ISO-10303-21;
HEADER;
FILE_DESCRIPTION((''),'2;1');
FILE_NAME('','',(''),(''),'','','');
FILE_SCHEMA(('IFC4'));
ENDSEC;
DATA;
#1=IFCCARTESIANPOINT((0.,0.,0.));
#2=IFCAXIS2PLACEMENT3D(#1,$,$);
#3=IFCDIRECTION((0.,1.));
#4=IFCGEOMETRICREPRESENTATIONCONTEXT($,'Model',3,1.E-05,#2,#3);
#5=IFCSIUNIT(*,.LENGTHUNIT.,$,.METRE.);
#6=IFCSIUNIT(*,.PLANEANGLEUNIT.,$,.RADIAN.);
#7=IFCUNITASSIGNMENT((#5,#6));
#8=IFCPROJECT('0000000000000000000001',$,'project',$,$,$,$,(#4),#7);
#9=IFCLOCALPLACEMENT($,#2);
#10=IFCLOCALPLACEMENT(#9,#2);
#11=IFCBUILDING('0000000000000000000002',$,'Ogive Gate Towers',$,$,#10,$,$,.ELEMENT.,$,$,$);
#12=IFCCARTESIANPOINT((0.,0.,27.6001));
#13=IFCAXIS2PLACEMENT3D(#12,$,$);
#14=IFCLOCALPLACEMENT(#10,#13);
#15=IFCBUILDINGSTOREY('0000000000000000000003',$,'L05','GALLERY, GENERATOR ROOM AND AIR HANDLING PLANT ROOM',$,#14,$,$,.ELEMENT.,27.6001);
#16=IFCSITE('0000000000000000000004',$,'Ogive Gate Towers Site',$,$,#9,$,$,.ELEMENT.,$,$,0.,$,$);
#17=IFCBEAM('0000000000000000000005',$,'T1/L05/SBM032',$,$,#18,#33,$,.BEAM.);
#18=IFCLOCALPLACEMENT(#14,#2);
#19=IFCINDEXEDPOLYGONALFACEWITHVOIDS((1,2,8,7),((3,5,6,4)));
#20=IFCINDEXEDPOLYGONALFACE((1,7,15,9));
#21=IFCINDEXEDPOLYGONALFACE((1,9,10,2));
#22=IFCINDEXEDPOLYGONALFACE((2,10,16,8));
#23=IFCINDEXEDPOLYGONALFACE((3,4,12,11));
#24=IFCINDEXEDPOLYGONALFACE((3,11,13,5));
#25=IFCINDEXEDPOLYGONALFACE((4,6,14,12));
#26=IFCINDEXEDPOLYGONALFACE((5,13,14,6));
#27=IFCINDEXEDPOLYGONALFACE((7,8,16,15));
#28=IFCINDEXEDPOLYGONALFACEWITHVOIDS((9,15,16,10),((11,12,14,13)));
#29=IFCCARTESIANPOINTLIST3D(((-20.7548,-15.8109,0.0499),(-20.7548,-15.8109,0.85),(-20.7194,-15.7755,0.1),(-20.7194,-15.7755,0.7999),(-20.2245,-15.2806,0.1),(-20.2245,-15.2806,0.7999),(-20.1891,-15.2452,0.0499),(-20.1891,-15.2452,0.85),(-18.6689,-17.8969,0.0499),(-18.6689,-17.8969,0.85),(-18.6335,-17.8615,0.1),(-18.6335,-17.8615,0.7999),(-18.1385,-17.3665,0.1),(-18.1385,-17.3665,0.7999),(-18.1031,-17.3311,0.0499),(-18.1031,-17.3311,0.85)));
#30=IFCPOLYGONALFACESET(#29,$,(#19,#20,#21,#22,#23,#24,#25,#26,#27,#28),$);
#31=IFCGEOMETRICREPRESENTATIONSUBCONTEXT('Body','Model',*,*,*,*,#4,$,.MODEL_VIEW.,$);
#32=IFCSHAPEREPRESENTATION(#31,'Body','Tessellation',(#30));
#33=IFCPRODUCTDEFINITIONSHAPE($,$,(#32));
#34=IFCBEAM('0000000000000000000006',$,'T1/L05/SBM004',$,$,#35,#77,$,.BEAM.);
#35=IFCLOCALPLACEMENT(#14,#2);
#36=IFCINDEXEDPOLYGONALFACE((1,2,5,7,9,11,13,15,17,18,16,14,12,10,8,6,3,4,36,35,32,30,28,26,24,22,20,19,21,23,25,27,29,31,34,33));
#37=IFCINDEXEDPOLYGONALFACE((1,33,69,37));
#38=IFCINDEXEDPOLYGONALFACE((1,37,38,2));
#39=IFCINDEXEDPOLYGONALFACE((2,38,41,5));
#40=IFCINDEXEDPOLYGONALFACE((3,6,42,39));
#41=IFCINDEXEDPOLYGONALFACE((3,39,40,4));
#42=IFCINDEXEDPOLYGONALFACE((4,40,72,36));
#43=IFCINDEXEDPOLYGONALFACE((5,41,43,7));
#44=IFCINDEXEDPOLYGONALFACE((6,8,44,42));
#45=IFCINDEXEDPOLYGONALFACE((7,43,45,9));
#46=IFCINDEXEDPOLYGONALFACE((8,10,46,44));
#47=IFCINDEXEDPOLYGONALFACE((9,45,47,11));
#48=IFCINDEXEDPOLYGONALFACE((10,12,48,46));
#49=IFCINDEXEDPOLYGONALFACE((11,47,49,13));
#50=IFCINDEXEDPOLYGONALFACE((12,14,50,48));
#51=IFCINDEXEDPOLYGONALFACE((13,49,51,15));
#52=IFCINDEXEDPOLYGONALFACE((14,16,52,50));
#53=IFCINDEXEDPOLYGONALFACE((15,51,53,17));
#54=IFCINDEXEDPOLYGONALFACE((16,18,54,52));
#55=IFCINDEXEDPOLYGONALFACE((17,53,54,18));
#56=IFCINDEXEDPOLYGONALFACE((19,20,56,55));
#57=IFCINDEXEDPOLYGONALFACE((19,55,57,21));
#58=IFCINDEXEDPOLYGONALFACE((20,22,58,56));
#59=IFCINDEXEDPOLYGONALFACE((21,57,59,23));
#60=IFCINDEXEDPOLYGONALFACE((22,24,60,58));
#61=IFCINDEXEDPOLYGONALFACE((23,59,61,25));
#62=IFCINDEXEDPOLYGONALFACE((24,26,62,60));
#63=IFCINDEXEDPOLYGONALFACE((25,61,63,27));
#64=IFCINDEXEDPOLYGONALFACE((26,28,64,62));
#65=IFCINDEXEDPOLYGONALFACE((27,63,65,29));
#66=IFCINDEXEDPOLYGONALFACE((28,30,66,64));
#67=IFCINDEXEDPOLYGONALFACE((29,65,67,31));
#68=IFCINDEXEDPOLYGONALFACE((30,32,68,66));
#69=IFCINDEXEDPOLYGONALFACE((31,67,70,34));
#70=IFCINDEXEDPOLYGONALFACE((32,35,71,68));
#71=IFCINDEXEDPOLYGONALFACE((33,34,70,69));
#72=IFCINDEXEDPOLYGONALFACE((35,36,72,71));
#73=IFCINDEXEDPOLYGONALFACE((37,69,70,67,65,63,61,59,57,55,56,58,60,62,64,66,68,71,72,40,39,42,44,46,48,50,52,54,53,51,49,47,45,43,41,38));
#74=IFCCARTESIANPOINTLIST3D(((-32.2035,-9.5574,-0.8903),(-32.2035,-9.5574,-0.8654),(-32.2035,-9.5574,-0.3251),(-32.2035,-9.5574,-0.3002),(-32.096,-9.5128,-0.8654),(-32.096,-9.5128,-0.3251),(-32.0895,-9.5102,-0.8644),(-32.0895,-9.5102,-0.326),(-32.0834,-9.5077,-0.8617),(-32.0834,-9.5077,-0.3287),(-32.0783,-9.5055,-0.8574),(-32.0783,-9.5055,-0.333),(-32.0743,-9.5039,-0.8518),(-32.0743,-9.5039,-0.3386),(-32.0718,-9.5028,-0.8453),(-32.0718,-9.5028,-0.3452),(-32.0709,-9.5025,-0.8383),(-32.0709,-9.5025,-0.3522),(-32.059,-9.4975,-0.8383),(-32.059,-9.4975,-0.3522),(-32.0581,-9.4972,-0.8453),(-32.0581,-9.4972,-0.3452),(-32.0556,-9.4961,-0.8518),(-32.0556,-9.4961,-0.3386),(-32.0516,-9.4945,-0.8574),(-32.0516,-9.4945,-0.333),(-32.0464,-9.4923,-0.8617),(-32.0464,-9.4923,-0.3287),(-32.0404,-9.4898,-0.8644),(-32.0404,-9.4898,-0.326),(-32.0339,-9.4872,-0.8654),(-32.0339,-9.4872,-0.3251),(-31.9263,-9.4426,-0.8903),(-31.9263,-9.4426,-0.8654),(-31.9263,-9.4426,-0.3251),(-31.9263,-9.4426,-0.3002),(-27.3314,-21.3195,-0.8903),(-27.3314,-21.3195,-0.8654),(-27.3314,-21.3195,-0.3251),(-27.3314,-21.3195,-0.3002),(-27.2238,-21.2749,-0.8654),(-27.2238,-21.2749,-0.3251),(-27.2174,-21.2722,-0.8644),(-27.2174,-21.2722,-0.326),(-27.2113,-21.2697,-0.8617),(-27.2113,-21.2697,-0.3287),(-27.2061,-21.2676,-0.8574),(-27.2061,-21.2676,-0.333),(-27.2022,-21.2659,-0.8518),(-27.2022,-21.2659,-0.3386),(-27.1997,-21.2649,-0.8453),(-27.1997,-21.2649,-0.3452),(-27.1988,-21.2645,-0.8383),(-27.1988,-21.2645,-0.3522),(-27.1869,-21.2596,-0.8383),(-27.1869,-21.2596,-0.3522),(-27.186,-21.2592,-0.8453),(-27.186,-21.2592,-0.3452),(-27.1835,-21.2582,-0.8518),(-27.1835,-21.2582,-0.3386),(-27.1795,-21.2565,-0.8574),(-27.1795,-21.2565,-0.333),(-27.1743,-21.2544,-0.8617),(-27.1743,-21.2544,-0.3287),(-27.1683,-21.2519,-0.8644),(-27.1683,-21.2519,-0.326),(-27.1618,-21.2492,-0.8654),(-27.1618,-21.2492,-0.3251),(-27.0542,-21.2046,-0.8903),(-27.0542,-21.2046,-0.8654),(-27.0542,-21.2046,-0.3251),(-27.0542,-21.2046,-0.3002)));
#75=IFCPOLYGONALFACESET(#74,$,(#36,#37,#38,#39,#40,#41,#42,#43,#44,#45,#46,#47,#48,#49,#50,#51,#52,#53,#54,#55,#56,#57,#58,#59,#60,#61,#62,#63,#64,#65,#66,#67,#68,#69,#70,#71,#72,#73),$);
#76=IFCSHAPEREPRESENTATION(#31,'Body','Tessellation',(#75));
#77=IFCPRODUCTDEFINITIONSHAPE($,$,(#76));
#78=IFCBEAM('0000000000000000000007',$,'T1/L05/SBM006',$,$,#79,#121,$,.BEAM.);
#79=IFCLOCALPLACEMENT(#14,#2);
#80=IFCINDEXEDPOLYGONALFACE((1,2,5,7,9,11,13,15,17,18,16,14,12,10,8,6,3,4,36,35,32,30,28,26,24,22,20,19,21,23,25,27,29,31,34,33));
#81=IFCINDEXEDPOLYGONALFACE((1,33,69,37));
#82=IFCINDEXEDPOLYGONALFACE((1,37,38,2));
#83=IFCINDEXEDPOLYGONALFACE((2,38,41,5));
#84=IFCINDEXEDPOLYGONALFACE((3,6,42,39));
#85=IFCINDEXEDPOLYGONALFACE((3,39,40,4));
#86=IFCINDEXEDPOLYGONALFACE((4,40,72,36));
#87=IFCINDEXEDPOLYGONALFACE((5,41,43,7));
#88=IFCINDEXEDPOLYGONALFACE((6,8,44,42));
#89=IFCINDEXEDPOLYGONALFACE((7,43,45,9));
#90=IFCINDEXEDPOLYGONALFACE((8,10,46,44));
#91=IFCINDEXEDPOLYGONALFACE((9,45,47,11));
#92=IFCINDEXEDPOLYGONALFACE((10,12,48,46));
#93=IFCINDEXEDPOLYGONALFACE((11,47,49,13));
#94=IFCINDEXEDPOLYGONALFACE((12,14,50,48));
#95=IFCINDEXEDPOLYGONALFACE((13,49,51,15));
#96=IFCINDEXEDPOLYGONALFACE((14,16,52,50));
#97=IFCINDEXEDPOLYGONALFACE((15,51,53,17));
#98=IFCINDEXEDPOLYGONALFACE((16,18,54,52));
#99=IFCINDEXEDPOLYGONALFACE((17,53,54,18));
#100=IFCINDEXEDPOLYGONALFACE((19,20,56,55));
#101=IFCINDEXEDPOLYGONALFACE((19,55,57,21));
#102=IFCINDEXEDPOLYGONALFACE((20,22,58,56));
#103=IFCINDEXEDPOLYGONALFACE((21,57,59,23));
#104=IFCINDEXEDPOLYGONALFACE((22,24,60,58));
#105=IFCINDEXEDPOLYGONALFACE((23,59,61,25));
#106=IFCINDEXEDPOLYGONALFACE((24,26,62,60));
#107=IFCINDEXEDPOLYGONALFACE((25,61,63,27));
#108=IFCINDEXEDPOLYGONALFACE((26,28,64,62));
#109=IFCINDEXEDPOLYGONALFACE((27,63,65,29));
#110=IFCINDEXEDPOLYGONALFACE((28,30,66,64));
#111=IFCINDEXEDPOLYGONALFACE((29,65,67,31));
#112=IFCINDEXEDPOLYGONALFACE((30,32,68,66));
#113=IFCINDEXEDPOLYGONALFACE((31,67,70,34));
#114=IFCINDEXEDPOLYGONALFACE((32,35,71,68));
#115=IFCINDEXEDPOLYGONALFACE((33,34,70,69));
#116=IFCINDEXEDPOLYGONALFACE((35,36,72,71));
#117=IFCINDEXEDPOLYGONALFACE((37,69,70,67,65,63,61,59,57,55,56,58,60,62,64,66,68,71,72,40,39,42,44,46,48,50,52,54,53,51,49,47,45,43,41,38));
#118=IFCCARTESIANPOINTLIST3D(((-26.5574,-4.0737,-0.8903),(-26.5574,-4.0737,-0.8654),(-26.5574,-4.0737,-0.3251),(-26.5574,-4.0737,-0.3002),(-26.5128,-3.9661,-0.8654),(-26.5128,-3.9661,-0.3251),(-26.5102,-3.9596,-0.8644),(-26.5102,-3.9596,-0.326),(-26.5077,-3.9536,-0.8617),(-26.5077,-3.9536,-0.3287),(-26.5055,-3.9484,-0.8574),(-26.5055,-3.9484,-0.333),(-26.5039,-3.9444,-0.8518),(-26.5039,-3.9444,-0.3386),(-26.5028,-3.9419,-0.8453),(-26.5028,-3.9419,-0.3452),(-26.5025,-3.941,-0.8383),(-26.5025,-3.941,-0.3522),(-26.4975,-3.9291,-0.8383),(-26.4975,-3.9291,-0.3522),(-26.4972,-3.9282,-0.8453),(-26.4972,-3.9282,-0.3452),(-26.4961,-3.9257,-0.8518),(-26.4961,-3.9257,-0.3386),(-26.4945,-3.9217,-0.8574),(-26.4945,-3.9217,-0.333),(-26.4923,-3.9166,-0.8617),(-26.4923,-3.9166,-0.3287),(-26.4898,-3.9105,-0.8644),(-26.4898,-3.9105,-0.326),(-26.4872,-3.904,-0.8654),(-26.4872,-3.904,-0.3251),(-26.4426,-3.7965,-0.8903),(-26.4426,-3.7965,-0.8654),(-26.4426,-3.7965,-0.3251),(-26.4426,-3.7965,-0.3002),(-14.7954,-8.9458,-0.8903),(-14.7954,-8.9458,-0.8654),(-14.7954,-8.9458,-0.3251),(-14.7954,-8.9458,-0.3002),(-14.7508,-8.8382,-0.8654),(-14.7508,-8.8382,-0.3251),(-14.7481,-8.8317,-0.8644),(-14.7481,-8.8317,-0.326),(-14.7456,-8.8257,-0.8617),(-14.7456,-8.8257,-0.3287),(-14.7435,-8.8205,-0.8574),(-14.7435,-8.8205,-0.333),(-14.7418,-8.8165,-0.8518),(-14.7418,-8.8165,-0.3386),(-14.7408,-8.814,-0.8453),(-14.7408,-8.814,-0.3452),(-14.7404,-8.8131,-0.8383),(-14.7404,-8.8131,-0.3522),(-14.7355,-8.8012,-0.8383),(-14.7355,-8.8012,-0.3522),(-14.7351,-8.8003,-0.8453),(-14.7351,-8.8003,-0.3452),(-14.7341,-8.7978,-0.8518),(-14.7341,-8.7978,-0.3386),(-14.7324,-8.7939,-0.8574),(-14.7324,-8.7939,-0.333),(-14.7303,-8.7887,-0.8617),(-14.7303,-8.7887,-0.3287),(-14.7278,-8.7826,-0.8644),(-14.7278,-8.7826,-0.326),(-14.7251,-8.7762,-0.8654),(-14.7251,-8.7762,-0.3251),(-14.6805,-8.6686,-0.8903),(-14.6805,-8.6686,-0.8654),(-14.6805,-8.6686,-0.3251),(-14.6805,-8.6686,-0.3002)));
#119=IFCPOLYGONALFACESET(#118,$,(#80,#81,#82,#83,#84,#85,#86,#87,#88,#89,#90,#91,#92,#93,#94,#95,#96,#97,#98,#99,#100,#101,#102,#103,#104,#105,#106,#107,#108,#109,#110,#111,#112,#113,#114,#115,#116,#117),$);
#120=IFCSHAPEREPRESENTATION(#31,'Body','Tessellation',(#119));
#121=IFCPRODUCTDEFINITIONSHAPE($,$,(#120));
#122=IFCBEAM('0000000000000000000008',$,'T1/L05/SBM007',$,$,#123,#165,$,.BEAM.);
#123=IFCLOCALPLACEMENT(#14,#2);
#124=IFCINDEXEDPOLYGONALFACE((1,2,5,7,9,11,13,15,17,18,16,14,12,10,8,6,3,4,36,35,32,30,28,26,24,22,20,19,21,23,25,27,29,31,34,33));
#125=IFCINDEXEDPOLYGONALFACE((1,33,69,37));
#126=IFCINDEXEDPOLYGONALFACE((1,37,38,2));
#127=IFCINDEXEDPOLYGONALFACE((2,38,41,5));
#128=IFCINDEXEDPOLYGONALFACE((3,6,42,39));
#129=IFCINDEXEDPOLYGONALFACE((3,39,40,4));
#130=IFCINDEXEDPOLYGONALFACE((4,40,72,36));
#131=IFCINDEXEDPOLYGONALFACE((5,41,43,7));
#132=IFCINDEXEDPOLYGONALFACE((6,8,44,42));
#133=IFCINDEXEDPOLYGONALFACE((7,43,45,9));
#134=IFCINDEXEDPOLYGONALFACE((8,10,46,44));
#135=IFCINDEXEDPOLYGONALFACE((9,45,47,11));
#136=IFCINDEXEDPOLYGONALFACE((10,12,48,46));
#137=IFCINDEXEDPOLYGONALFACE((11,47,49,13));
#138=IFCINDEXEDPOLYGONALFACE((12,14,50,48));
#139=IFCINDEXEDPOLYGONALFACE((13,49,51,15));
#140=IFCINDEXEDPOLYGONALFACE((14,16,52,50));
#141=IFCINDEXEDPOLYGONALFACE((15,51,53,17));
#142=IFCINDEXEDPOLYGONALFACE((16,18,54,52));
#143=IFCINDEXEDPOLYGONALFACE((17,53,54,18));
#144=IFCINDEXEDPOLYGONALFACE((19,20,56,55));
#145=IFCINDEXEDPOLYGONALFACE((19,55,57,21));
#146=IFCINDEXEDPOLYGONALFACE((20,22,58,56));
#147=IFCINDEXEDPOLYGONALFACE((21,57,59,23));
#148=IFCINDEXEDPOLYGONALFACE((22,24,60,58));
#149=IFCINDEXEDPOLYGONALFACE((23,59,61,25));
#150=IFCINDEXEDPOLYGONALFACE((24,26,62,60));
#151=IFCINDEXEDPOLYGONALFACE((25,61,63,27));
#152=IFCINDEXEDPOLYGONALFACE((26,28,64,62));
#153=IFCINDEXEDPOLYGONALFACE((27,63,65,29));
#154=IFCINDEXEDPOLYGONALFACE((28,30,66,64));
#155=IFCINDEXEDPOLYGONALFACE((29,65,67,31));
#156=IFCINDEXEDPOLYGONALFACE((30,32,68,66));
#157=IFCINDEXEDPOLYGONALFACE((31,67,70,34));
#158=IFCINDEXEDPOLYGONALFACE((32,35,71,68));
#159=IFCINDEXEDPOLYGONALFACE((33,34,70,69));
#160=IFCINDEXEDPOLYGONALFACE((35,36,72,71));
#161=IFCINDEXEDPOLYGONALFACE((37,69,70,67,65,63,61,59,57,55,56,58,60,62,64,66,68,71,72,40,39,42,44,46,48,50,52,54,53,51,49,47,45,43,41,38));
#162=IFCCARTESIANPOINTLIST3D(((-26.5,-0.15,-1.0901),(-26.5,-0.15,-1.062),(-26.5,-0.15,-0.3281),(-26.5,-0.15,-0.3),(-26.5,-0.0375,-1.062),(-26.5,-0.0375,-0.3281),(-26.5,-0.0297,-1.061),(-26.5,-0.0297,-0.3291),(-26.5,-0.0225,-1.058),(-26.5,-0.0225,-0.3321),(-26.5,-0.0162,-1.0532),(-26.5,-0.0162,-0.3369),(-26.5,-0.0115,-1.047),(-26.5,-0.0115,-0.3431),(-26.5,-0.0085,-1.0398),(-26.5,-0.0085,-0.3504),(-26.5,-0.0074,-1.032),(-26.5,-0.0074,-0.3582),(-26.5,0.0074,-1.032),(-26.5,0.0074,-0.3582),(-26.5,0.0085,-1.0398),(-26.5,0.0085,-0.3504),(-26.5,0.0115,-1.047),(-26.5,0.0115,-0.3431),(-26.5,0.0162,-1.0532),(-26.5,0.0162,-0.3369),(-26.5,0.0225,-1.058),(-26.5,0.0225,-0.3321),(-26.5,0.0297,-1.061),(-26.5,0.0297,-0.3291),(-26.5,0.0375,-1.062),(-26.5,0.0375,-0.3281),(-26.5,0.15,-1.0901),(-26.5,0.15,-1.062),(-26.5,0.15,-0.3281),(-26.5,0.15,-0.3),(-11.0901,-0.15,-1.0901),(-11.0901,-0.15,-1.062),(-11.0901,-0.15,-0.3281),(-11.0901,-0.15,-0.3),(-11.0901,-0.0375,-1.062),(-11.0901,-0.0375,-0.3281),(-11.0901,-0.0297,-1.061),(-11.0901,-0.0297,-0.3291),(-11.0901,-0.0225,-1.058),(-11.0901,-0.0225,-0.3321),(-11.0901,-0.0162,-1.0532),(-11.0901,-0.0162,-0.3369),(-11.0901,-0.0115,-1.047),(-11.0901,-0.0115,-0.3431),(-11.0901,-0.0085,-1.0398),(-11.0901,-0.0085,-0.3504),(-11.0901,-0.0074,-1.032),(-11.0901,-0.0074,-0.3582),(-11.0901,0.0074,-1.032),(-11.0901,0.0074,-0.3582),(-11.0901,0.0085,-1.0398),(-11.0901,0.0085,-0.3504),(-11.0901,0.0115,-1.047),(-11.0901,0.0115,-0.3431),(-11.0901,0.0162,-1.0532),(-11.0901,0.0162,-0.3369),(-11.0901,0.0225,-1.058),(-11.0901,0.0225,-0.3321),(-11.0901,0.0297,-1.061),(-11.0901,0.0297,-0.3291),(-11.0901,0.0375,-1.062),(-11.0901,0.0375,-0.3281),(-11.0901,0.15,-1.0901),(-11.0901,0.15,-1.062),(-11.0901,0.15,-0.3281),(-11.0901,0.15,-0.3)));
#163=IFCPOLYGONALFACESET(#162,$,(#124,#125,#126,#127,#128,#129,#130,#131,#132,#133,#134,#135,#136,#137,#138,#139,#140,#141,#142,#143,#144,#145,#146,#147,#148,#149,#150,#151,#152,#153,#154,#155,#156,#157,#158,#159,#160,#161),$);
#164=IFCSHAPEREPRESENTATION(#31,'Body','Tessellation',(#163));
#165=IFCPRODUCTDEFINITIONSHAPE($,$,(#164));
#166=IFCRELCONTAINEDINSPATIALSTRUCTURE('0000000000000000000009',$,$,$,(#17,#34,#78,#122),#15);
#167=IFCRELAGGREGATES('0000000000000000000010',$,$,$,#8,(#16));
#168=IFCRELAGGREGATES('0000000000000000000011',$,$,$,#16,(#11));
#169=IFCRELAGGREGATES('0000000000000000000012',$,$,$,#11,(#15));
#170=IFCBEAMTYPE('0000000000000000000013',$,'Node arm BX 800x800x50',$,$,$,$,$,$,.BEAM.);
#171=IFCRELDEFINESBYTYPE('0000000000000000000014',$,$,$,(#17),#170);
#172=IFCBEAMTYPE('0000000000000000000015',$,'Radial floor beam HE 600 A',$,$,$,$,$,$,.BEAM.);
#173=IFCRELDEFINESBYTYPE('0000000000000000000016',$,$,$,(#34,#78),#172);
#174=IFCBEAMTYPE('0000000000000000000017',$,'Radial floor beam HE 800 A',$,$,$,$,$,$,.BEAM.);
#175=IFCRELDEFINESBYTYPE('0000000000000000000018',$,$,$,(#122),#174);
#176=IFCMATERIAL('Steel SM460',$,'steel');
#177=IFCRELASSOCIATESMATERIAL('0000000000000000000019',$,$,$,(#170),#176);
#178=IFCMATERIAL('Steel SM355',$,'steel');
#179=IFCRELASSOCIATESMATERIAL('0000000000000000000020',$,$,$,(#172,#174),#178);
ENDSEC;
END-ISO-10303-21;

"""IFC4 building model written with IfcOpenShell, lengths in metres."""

from ifc_helpers import new_model, si_unit, direction, frame, origin, origin_2d, place, context, subcontext, project, spatial, hollow_rectangle, i_section, extrude, material, material_profile, profile_set, type_object, element, save


model = new_model("IFC4")

# Units and contexts
model_context = context("Model", 3, precision=1e-05, world=origin(), true_north=direction((0.0, 1.0)))
body_context = subcontext(model_context, "Body", "Model", "MODEL_VIEW")
ifc_project = project(units=[si_unit("LENGTHUNIT", "METRE"), si_unit("PLANEANGLEUNIT", "RADIAN")], contexts=[model_context])

# Site, building, storey
site_placement = place(None, origin())
site = spatial("IfcSite", under=ifc_project, at=site_placement, Name="Ogive Gate Towers Site", CompositionType="ELEMENT", RefElevation=0.0)
building_placement = place(site_placement, origin())
building = spatial("IfcBuilding", under=site, at=building_placement, Name="Ogive Gate Towers", CompositionType="ELEMENT")
storey_placement = place(building_placement, frame((0.0, 0.0, 27.6001)))
storey = spatial("IfcBuildingStorey", under=building, at=storey_placement, Name="L05", Description="GALLERY, GENERATOR ROOM AND AIR HANDLING PLANT ROOM", CompositionType="ELEMENT", Elevation=27.6001)

# Beams
ifc_material_1 = material(Name="Steel SM460", Category="steel")
ifc_material_profile_1 = material_profile(ifc_material_1, hollow_rectangle(XDim=0.8, YDim=0.8, WallThickness=0.05, at=origin_2d()), Name="BX 800x800x50")
ifc_profile_set_1 = profile_set([ifc_material_profile_1], Name="Steel SM460")
beam_type_1 = type_object("IfcBeamType", Name="Node arm BX 800x800x50", PredefinedType="BEAM", material=ifc_profile_set_1)
beam_1_placement = place(storey_placement, frame((-20.4719, -15.5281, 0.45), z_axis=(0.707107, -0.707107, 0.0), x_axis=(0.707107, 0.707107, 0.0)))
element("IfcBeam", 1, at=beam_1_placement, inside=storey, type_object=beam_type_1, Name="T1/L05/SBM032", PredefinedType="BEAM", context=body_context, shape_type="SweptSolid", body=[
    extrude(hollow_rectangle(XDim=0.8, YDim=0.8, WallThickness=0.05, at=origin_2d()), origin(), (0.0, 0.0, 1.0), 2.95),
])
ifc_material_2 = material(Name="Steel SM355", Category="steel")
ifc_material_profile_2 = material_profile(ifc_material_2, i_section(OverallWidth=0.3, OverallDepth=0.5901, WebThickness=0.0129, FlangeThickness=0.0249, FilletRadius=0.0271, at=origin_2d()), Name="HE 600 A")
ifc_profile_set_2 = profile_set([ifc_material_profile_2], Name="Steel SM355")
beam_type_2 = type_object("IfcBeamType", Name="Radial floor beam HE 600 A", PredefinedType="BEAM", material=ifc_profile_set_2)
for number, where, z_axis, x_axis, name in (
    (2, (-32.0649, -9.5, -0.5952), (0.382691, -0.923877, 0.0), (0.923877, 0.382691, 0.0), "T1/L05/SBM004"),
    (3, (-26.5, -3.9351, -0.5952), (0.923877, -0.382691, 0.0), (0.382691, 0.923877, 0.0), "T1/L05/SBM006"),
):
    element("IfcBeam", number, at=place(storey_placement, frame(where, z_axis=z_axis, x_axis=x_axis)), inside=storey, type_object=beam_type_2, Name=name, PredefinedType="BEAM", context=body_context, shape_type="SweptSolid", body=[
        extrude(i_section(OverallWidth=0.3, OverallDepth=0.5901, WebThickness=0.0129, FlangeThickness=0.0249, FilletRadius=0.0271, at=origin_2d()), origin(), (0.0, 0.0, 1.0), 12.7312),
    ])
ifc_material_profile_3 = material_profile(ifc_material_2, i_section(OverallWidth=0.3, OverallDepth=0.79, WebThickness=0.0149, FlangeThickness=0.0281, FilletRadius=0.03, at=origin_2d()), Name="HE 800 A")
ifc_profile_set_3 = profile_set([ifc_material_profile_3], Name="Steel SM355")
beam_type_3 = type_object("IfcBeamType", Name="Radial floor beam HE 800 A", PredefinedType="BEAM", material=ifc_profile_set_3)
beam_2_placement = place(storey_placement, frame((-26.5, 0.0, -0.6951), z_axis=(1.0, 0.0, 0.0), x_axis=(0.0, 1.0, 0.0)))
element("IfcBeam", 4, at=beam_2_placement, inside=storey, type_object=beam_type_3, Name="T1/L05/SBM007", PredefinedType="BEAM", context=body_context, shape_type="SweptSolid", body=[
    extrude(i_section(OverallWidth=0.3, OverallDepth=0.79, WebThickness=0.0149, FlangeThickness=0.0281, FilletRadius=0.03, at=origin_2d()), origin(), (0.0, 0.0, 1.0), 15.4099),
])

save(model, "model.ifc")
